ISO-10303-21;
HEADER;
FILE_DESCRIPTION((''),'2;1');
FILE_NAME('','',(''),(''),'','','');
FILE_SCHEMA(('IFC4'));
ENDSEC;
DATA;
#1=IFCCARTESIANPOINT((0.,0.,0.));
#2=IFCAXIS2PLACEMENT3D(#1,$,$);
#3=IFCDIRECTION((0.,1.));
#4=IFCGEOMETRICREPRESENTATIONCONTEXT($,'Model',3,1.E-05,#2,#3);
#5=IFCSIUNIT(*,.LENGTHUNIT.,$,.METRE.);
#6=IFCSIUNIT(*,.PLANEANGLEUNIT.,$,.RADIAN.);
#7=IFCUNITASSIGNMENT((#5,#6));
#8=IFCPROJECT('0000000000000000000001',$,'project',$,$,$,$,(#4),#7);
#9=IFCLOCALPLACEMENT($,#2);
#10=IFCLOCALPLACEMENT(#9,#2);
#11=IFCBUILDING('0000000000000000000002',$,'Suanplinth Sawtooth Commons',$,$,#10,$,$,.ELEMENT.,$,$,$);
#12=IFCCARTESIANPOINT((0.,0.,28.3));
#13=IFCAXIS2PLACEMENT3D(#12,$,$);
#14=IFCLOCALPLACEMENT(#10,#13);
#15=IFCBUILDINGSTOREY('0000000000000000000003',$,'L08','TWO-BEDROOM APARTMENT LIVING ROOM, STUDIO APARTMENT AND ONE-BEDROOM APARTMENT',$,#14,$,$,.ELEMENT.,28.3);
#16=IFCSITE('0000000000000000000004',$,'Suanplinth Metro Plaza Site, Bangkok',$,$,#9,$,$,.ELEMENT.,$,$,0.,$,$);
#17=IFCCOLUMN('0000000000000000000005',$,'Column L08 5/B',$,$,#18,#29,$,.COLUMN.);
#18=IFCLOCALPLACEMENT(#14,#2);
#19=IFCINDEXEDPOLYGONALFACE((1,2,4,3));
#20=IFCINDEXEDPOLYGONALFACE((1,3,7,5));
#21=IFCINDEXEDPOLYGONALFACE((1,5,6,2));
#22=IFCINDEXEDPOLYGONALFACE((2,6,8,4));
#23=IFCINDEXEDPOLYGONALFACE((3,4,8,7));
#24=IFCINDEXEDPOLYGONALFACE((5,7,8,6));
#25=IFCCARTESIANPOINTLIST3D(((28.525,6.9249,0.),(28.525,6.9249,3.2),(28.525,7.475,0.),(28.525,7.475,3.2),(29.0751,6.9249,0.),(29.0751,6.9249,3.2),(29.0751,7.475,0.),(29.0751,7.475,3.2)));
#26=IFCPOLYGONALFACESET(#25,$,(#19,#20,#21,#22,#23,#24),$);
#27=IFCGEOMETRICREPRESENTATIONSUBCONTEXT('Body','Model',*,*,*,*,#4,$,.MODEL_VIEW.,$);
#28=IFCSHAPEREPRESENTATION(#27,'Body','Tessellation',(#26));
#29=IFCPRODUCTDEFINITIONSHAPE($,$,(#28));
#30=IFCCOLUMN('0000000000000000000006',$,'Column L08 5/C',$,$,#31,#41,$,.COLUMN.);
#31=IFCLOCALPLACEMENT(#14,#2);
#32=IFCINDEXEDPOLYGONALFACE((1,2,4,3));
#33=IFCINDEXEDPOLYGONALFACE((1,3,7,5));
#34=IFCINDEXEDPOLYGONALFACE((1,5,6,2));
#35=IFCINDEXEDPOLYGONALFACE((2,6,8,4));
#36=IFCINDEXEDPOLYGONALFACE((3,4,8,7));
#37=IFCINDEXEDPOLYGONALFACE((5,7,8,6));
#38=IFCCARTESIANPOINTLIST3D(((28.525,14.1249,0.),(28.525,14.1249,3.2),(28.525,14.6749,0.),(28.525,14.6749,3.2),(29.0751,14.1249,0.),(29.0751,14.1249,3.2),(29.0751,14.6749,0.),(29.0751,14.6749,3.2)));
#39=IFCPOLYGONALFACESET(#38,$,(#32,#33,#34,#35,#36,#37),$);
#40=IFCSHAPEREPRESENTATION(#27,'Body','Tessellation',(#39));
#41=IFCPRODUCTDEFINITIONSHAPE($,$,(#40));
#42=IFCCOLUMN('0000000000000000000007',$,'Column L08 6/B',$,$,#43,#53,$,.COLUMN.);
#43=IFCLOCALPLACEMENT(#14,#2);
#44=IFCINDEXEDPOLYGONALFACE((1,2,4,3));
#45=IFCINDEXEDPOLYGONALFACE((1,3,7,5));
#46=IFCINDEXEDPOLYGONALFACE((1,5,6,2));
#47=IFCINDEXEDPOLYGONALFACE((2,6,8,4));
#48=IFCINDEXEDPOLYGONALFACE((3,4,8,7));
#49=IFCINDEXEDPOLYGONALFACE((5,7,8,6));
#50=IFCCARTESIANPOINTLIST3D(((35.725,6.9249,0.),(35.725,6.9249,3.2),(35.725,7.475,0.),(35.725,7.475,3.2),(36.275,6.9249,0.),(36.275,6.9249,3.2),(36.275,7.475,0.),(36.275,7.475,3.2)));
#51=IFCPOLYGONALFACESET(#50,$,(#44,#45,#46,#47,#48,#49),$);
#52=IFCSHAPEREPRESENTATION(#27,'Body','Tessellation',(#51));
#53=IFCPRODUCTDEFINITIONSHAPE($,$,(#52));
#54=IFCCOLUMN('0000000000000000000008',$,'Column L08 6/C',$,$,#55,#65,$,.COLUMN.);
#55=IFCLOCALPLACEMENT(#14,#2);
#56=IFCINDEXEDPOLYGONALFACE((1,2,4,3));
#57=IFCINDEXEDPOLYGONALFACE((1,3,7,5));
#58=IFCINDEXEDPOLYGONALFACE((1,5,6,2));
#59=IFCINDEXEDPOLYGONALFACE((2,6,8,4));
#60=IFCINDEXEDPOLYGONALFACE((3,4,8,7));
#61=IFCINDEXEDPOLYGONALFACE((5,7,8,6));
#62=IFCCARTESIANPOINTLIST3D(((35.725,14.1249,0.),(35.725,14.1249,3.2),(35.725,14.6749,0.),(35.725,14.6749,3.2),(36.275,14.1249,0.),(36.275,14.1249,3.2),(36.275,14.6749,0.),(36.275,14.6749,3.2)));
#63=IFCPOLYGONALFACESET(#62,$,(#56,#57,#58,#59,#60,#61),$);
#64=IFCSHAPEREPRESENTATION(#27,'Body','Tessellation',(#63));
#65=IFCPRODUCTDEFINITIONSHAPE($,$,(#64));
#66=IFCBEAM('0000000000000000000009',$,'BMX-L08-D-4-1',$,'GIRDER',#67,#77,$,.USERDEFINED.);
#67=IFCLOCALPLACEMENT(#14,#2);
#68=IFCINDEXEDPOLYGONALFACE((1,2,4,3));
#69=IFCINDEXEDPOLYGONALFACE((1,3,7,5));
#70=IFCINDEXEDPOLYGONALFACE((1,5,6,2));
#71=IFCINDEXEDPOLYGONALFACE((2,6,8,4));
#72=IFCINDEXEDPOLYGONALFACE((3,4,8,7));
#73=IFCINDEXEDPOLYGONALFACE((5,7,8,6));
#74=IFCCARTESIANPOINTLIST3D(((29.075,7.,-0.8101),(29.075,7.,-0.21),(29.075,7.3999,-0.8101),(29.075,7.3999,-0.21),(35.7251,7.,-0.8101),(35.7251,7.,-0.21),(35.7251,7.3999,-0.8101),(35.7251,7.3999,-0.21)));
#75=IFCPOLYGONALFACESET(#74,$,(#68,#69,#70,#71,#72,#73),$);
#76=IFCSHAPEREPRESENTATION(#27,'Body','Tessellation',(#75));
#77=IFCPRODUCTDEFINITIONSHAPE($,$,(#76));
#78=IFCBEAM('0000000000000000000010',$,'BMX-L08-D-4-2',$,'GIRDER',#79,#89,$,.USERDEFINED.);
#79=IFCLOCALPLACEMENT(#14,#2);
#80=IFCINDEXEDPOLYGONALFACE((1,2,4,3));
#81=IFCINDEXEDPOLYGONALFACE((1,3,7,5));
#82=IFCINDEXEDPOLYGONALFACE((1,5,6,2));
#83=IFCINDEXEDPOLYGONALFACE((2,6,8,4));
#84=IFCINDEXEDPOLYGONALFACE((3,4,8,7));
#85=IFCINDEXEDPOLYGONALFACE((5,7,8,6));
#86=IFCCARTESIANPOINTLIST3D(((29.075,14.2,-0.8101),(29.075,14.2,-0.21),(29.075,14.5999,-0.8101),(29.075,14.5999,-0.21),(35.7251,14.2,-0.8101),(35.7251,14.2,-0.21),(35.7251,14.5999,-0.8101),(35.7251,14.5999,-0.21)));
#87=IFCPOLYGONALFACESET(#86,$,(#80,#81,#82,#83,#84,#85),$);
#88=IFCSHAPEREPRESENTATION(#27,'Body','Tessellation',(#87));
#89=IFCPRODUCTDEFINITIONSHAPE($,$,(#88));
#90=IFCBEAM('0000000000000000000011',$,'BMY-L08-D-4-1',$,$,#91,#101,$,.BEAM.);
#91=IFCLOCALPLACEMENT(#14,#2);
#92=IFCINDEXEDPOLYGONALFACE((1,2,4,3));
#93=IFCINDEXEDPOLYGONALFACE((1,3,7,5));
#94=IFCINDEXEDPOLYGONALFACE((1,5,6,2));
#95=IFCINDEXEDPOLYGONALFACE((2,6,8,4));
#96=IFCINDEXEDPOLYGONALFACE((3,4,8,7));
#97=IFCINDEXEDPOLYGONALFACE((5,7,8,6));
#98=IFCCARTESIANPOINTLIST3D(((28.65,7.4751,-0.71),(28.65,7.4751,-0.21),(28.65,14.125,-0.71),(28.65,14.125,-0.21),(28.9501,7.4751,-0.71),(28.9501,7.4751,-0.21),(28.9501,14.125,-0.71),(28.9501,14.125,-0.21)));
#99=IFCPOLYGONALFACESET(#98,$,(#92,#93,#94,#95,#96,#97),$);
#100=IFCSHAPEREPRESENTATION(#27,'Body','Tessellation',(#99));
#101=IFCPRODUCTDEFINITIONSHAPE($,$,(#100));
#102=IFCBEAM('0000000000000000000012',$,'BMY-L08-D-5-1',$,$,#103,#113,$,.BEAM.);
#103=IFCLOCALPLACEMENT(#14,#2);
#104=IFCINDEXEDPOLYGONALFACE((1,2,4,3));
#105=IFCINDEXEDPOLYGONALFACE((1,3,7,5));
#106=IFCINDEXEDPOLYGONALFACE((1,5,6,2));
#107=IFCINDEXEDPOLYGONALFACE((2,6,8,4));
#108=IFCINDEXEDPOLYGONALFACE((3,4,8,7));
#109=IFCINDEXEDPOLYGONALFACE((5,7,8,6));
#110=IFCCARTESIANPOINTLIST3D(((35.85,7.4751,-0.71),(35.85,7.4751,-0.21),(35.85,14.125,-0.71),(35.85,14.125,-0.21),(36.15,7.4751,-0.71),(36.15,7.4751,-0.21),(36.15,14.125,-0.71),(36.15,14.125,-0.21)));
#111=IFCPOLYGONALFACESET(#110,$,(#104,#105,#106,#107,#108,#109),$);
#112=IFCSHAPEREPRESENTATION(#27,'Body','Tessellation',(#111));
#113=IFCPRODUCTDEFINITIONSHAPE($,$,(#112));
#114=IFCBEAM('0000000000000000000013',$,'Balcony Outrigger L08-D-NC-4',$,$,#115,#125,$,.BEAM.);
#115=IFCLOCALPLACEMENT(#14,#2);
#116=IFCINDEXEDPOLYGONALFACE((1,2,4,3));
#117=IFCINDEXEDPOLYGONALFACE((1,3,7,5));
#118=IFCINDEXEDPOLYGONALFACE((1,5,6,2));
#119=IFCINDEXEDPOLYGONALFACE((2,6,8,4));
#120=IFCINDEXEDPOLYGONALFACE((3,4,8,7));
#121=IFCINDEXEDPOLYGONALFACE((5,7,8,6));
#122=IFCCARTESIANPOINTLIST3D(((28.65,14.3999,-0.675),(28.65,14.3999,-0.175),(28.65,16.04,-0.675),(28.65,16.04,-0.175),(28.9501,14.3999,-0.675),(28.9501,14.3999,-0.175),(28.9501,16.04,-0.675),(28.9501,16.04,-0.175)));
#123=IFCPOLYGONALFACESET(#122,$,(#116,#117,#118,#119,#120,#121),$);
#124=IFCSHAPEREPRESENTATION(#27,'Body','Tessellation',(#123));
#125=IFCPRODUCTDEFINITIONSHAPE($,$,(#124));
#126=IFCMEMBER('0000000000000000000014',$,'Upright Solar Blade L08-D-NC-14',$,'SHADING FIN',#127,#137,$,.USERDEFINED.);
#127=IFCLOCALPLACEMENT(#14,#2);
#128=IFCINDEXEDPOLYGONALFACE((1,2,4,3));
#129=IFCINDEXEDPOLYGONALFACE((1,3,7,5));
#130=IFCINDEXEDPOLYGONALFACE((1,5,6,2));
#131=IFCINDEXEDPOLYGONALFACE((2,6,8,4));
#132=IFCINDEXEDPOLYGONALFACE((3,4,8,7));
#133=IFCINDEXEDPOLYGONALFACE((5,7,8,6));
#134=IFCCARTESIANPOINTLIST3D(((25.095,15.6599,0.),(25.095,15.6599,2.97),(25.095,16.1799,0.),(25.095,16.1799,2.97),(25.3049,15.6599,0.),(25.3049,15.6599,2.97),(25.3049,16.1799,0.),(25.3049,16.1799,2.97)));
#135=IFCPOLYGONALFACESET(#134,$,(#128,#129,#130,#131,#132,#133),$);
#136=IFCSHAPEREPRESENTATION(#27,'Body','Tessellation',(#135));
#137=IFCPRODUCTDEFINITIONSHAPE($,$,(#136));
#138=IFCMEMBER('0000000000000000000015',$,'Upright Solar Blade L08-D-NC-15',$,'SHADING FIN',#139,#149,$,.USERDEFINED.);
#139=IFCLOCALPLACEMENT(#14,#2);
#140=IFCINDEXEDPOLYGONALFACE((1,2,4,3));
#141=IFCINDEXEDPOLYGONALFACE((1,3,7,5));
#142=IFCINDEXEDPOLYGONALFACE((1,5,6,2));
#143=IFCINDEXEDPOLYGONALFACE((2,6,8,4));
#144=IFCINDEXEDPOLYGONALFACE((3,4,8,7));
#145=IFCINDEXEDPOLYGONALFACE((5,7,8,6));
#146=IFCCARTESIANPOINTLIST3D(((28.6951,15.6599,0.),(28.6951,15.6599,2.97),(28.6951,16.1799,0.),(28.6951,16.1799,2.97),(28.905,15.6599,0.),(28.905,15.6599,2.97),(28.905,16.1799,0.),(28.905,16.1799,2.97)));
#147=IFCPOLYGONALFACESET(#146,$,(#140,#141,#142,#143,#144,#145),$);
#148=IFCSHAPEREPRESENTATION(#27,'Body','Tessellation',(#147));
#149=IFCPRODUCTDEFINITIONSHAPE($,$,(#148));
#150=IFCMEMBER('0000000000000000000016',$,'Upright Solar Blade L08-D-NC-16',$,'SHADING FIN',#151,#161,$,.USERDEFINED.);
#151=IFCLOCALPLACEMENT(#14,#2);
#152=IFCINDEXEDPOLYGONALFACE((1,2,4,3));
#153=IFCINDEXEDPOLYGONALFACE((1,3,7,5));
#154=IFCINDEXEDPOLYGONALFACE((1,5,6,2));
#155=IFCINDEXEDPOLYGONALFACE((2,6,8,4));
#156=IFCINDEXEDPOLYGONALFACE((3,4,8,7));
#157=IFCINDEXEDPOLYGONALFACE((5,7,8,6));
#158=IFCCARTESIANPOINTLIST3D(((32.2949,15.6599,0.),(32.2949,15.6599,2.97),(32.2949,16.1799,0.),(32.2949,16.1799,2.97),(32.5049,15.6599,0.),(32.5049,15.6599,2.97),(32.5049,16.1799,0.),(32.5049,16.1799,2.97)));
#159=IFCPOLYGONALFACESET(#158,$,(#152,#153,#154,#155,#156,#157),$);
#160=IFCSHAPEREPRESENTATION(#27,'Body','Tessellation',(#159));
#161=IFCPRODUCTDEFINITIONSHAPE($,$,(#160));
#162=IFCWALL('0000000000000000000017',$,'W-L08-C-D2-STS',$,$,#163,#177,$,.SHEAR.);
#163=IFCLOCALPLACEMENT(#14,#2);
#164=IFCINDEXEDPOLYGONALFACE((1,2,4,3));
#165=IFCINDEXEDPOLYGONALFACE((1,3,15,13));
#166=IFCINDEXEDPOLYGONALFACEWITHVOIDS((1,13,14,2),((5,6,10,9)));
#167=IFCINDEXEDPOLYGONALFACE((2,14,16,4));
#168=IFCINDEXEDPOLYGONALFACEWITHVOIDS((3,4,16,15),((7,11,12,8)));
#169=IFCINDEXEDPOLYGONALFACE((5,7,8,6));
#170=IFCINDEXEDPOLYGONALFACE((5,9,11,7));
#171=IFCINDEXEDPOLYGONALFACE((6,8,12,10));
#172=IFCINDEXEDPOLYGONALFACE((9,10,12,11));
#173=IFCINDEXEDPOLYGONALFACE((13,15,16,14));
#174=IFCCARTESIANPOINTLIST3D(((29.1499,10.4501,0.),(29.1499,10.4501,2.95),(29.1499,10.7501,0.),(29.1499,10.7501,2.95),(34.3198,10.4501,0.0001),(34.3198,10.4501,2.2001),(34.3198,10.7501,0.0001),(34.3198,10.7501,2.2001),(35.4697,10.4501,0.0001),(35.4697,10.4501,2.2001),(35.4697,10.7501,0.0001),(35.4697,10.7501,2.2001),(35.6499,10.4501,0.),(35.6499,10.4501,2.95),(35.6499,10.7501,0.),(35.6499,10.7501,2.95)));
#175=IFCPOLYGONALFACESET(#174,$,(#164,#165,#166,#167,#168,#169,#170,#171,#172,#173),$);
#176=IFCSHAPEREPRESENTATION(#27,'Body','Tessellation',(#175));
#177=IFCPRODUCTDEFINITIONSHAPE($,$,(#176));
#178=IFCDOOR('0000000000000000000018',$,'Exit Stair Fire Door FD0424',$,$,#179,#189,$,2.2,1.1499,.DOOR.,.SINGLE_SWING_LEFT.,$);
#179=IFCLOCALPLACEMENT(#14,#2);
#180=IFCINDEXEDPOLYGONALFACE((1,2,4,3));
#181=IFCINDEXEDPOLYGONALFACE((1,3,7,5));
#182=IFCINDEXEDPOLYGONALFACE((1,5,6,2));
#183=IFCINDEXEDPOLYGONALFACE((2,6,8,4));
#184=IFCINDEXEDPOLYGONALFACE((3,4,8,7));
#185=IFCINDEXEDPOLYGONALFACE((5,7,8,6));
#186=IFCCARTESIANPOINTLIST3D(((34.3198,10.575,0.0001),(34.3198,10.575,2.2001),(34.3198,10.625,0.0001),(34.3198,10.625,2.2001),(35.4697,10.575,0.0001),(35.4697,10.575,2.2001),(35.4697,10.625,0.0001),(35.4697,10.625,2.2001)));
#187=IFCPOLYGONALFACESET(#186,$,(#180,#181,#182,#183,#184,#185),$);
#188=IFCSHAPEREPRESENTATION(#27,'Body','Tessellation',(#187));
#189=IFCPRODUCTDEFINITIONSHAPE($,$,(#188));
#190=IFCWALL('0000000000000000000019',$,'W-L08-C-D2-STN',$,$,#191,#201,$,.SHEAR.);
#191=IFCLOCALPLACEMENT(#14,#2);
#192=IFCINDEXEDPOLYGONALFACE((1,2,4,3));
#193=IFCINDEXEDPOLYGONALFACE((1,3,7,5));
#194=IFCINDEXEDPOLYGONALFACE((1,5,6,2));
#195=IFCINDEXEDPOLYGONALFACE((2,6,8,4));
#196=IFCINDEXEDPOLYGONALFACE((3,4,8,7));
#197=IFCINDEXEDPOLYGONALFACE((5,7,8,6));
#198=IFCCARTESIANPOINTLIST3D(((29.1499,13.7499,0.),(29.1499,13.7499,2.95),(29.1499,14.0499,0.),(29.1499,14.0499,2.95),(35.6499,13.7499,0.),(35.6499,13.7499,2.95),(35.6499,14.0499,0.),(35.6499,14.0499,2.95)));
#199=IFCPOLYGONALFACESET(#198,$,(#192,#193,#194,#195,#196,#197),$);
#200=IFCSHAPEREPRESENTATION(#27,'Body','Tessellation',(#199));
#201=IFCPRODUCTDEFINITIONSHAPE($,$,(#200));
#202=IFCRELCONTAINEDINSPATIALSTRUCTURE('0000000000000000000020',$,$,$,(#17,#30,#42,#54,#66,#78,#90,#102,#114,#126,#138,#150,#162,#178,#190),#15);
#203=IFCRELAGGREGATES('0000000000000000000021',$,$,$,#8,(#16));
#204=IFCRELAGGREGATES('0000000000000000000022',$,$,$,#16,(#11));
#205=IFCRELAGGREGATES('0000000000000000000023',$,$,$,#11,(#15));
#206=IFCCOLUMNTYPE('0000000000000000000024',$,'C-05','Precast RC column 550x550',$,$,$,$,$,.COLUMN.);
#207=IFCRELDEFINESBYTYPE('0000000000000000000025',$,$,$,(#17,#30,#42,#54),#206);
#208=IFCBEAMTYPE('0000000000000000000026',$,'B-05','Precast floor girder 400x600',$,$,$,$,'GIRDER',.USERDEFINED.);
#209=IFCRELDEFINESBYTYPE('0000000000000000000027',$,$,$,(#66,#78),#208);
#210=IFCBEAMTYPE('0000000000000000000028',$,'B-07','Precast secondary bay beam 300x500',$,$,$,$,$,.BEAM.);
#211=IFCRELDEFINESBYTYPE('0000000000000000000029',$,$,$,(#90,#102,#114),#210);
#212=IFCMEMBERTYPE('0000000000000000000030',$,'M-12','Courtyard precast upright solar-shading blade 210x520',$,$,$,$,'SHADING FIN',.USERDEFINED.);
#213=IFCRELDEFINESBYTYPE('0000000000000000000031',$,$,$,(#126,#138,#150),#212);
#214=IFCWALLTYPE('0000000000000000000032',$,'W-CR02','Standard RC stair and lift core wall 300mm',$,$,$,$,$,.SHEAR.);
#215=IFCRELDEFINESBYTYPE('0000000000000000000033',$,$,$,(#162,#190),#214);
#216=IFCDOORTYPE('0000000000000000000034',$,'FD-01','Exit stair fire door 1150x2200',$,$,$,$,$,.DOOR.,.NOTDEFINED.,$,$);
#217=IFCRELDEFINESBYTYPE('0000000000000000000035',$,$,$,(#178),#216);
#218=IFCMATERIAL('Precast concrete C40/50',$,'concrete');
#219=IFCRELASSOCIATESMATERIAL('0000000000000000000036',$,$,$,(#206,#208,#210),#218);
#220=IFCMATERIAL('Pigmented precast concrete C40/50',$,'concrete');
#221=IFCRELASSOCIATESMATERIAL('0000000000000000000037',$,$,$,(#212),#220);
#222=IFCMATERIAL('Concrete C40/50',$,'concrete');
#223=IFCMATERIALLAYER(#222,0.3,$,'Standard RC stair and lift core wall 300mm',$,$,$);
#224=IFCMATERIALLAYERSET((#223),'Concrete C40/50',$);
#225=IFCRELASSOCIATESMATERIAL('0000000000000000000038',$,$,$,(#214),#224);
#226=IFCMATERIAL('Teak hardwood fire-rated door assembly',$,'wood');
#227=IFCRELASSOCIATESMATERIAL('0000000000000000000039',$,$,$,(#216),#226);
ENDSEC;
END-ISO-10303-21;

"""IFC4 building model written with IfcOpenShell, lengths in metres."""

from ifc_helpers import new_model, si_unit, direction, frame, frame_2d, origin, origin_2d, place, context, subcontext, project, spatial, rectangle, extrude, material, layer, layer_set, material_profile, profile_set, type_object, element, fill, save


model = new_model("IFC4")

# Units and contexts
model_context = context("Model", 3, precision=1e-05, world=origin(), true_north=direction((0.0, 1.0)))
body_context = subcontext(model_context, "Body", "Model", "MODEL_VIEW")
ifc_project = project(units=[si_unit("LENGTHUNIT", "METRE"), si_unit("PLANEANGLEUNIT", "RADIAN")], contexts=[model_context])

# Site, building, storey
site_placement = place(None, origin())
site = spatial("IfcSite", under=ifc_project, at=site_placement, Name="Suanplinth Metro Plaza Site, Bangkok", CompositionType="ELEMENT", RefElevation=0.0)
building_placement = place(site_placement, origin())
building = spatial("IfcBuilding", under=site, at=building_placement, Name="Suanplinth Sawtooth Commons", CompositionType="ELEMENT")
storey_placement = place(building_placement, frame((0.0, 0.0, 28.3)))
storey = spatial("IfcBuildingStorey", under=building, at=storey_placement, Name="L08", Description="TWO-BEDROOM APARTMENT LIVING ROOM, STUDIO APARTMENT AND ONE-BEDROOM APARTMENT", CompositionType="ELEMENT", Elevation=28.3)

# Columns
ifc_material_1 = material(Name="Precast concrete C40/50", Category="concrete")
ifc_material_profile_1 = material_profile(ifc_material_1, rectangle(XDim=0.55, YDim=0.55, at=origin_2d()), Name="PC-COL 550x550")
ifc_profile_set_1 = profile_set([ifc_material_profile_1], Name="Precast concrete C40/50")
column_type = type_object("IfcColumnType", Name="C-05", Description="Precast RC column 550x550", PredefinedType="COLUMN", material=ifc_profile_set_1)
for number, where, z_axis, x_axis, name in (
    (1, (28.8, 7.2, 0.0), (0.0, 0.0, 1.0), (1.0, 0.0, 0.0), "Column L08 5/B"),
    (2, (28.8, 14.3999, 0.0), (0.0, 0.0, 1.0), (1.0, 0.0, 0.0), "Column L08 5/C"),
    (3, (36.0, 7.2, 0.0), (0.0, 0.0, 1.0), (1.0, 0.0, 0.0), "Column L08 6/B"),
    (4, (36.0, 14.3999, 0.0), (0.0, 0.0, 1.0), (1.0, 0.0, 0.0), "Column L08 6/C"),
):
    element("IfcColumn", number, at=place(storey_placement, frame(where, z_axis=z_axis, x_axis=x_axis)), inside=storey, type_object=column_type, Name=name, PredefinedType="COLUMN", context=body_context, shape_type="SweptSolid", body=[
        extrude(rectangle(XDim=0.55, YDim=0.55, at=origin_2d()), origin(), (0.0, 0.0, 1.0), 3.2),
    ])

# Beams
ifc_material_profile_2 = material_profile(ifc_material_1, rectangle(XDim=0.3999, YDim=0.6001, at=origin_2d()), Name="PC-GDR 400x600")
ifc_profile_set_2 = profile_set([ifc_material_profile_2], Name="Precast concrete C40/50")
beam_type_1 = type_object("IfcBeamType", Name="B-05", Description="Precast floor girder 400x600", ElementType="GIRDER", PredefinedType="USERDEFINED", material=ifc_profile_set_2)
for number, where, z_axis, x_axis, name in (
    (5, (29.075, 7.2, -0.51), (1.0, 0.0, 0.0), (0.0, 1.0, 0.0), "BMX-L08-D-4-1"),
    (6, (29.075, 14.3999, -0.51), (1.0, 0.0, 0.0), (0.0, 1.0, 0.0), "BMX-L08-D-4-2"),
):
    element("IfcBeam", number, at=place(storey_placement, frame(where, z_axis=z_axis, x_axis=x_axis)), inside=storey, type_object=beam_type_1, Name=name, ObjectType="GIRDER", PredefinedType="USERDEFINED", context=body_context, shape_type="SweptSolid", body=[
        extrude(rectangle(XDim=0.3999, YDim=0.6001, at=origin_2d()), origin(), (0.0, 0.0, 1.0), 6.6501),
    ])
ifc_material_profile_3 = material_profile(ifc_material_1, rectangle(XDim=0.3, YDim=0.5, at=origin_2d()), Name="PC-BM 300x500")
ifc_profile_set_3 = profile_set([ifc_material_profile_3], Name="Precast concrete C40/50")
beam_type_2 = type_object("IfcBeamType", Name="B-07", Description="Precast secondary bay beam 300x500", PredefinedType="BEAM", material=ifc_profile_set_3)
for number, where, z_axis, x_axis, name in (
    (7, (28.8, 7.4751, -0.46), (0.0, 1.0, 0.0), (-1.0, 0.0, 0.0), "BMY-L08-D-4-1"),
    (8, (36.0, 7.4751, -0.46), (0.0, 1.0, 0.0), (-1.0, 0.0, 0.0), "BMY-L08-D-5-1"),
):
    element("IfcBeam", number, at=place(storey_placement, frame(where, z_axis=z_axis, x_axis=x_axis)), inside=storey, type_object=beam_type_2, Name=name, PredefinedType="BEAM", context=body_context, shape_type="SweptSolid", body=[
        extrude(rectangle(XDim=0.3, YDim=0.5, at=origin_2d()), origin(), (0.0, 0.0, 1.0), 6.6499),
    ])
beam_placement = place(storey_placement, frame((28.8, 14.3999, -0.425), z_axis=(0.0, 1.0, 0.0), x_axis=(-1.0, 0.0, 0.0)))
element("IfcBeam", 9, at=beam_placement, inside=storey, type_object=beam_type_2, Name="Balcony Outrigger L08-D-NC-4", PredefinedType="BEAM", context=body_context, shape_type="SweptSolid", body=[
    extrude(rectangle(XDim=0.3, YDim=0.5, at=origin_2d()), origin(), (0.0, 0.0, 1.0), 1.6401),
])

# Members
ifc_material_2 = material(Name="Pigmented precast concrete C40/50", Category="concrete")
ifc_material_profile_4 = material_profile(ifc_material_2, rectangle(XDim=0.21, YDim=0.52, at=origin_2d()), Name="PC-FIN 210x520")
ifc_profile_set_4 = profile_set([ifc_material_profile_4], Name="Pigmented precast concrete C40/50")
member_type = type_object("IfcMemberType", Name="M-12", Description="Courtyard precast upright solar-shading blade 210x520", ElementType="SHADING FIN", PredefinedType="USERDEFINED", material=ifc_profile_set_4)
for number, where, z_axis, x_axis, name in (
    (10, (25.2, 15.9199, 0.0), (0.0, 0.0, 1.0), (1.0, 0.0, 0.0), "Upright Solar Blade L08-D-NC-14"),
    (11, (28.8, 15.9199, 0.0), (0.0, 0.0, 1.0), (1.0, 0.0, 0.0), "Upright Solar Blade L08-D-NC-15"),
    (12, (32.3999, 15.9199, 0.0), (0.0, 0.0, 1.0), (1.0, 0.0, 0.0), "Upright Solar Blade L08-D-NC-16"),
):
    element("IfcMember", number, at=place(storey_placement, frame(where, z_axis=z_axis, x_axis=x_axis)), inside=storey, type_object=member_type, Name=name, ObjectType="SHADING FIN", PredefinedType="USERDEFINED", context=body_context, shape_type="SweptSolid", body=[
        extrude(rectangle(XDim=0.21, YDim=0.52, at=origin_2d()), origin(), (0.0, 0.0, 1.0), 2.97),
    ])

# Wall, opening, door
ifc_material_3 = material(Name="Concrete C40/50", Category="concrete")
ifc_layer_1 = layer(ifc_material_3, 0.3, Name="Standard RC stair and lift core wall 300mm")
ifc_layer_set_1 = layer_set([ifc_layer_1], Name="Concrete C40/50")
wall_type_1 = type_object("IfcWallType", Name="W-CR02", Description="Standard RC stair and lift core wall 300mm", PredefinedType="SHEAR", material=ifc_layer_set_1)
wall_1_placement = place(storey_placement, frame((29.1499, 10.6001, 0.0), z_axis=(0.0, 0.0, 1.0), x_axis=(1.0, 0.0, 0.0)))
wall_1 = element("IfcWall", 13, at=wall_1_placement, inside=storey, type_object=wall_type_1, Name="W-L08-C-D2-STS", PredefinedType="SHEAR", context=body_context, shape_type="SweptSolid", body=[
    extrude(rectangle(XDim=6.5, YDim=0.3, at=frame_2d((3.25, 0.0))), origin(), (0.0, 0.0, 1.0), 2.95),
])
opening_1_placement = place(wall_1_placement, frame((5.1699, 0.0, 0.0)))
opening_1 = element("IfcOpeningElement", 14, at=opening_1_placement, cuts=wall_1, PredefinedType="OPENING", context=body_context, shape_type="SweptSolid", body=[
    extrude(rectangle(XDim=1.1499, YDim=2.2, at=frame_2d((0.575, 1.1001))), frame((0.0, 0.165, 0.0), z_axis=(0.0, -1.0, 0.0), x_axis=(1.0, 0.0, 0.0)), (0.0, 0.0, 1.0), 0.3298),
])
ifc_material_4 = material(Name="Teak hardwood fire-rated door assembly", Category="wood")
door_type_1 = type_object("IfcDoorType", Name="FD-01", Description="Exit stair fire door 1150x2200", OperationType="NOTDEFINED", PredefinedType="DOOR", material=ifc_material_4)
door_1_placement = place(opening_1_placement, origin())
door_1 = element("IfcDoor", 15, at=door_1_placement, inside=storey, type_object=door_type_1, Name="Exit Stair Fire Door FD0424", OperationType="SINGLE_SWING_LEFT", OverallHeight=2.2, OverallWidth=1.1499, PredefinedType="DOOR", context=body_context, shape_type="SweptSolid", body=[
    extrude(rectangle(XDim=1.1499, YDim=2.2, at=frame_2d((0.575, 1.1001))), frame((0.0, 0.0249, 0.0), z_axis=(0.0, -1.0, 0.0), x_axis=(1.0, 0.0, 0.0)), (0.0, 0.0, 1.0), 0.05),
])
fill(opening_1, door_1)

# Wall
wall_2_placement = place(storey_placement, frame((29.1499, 13.8999, 0.0), z_axis=(0.0, 0.0, 1.0), x_axis=(1.0, 0.0, 0.0)))
element("IfcWall", 16, at=wall_2_placement, inside=storey, type_object=wall_type_1, Name="W-L08-C-D2-STN", PredefinedType="SHEAR", context=body_context, shape_type="SweptSolid", body=[
    extrude(rectangle(XDim=6.5, YDim=0.3, at=frame_2d((3.25, 0.0))), origin(), (0.0, 0.0, 1.0), 2.95),
])

save(model, "model.ifc")
